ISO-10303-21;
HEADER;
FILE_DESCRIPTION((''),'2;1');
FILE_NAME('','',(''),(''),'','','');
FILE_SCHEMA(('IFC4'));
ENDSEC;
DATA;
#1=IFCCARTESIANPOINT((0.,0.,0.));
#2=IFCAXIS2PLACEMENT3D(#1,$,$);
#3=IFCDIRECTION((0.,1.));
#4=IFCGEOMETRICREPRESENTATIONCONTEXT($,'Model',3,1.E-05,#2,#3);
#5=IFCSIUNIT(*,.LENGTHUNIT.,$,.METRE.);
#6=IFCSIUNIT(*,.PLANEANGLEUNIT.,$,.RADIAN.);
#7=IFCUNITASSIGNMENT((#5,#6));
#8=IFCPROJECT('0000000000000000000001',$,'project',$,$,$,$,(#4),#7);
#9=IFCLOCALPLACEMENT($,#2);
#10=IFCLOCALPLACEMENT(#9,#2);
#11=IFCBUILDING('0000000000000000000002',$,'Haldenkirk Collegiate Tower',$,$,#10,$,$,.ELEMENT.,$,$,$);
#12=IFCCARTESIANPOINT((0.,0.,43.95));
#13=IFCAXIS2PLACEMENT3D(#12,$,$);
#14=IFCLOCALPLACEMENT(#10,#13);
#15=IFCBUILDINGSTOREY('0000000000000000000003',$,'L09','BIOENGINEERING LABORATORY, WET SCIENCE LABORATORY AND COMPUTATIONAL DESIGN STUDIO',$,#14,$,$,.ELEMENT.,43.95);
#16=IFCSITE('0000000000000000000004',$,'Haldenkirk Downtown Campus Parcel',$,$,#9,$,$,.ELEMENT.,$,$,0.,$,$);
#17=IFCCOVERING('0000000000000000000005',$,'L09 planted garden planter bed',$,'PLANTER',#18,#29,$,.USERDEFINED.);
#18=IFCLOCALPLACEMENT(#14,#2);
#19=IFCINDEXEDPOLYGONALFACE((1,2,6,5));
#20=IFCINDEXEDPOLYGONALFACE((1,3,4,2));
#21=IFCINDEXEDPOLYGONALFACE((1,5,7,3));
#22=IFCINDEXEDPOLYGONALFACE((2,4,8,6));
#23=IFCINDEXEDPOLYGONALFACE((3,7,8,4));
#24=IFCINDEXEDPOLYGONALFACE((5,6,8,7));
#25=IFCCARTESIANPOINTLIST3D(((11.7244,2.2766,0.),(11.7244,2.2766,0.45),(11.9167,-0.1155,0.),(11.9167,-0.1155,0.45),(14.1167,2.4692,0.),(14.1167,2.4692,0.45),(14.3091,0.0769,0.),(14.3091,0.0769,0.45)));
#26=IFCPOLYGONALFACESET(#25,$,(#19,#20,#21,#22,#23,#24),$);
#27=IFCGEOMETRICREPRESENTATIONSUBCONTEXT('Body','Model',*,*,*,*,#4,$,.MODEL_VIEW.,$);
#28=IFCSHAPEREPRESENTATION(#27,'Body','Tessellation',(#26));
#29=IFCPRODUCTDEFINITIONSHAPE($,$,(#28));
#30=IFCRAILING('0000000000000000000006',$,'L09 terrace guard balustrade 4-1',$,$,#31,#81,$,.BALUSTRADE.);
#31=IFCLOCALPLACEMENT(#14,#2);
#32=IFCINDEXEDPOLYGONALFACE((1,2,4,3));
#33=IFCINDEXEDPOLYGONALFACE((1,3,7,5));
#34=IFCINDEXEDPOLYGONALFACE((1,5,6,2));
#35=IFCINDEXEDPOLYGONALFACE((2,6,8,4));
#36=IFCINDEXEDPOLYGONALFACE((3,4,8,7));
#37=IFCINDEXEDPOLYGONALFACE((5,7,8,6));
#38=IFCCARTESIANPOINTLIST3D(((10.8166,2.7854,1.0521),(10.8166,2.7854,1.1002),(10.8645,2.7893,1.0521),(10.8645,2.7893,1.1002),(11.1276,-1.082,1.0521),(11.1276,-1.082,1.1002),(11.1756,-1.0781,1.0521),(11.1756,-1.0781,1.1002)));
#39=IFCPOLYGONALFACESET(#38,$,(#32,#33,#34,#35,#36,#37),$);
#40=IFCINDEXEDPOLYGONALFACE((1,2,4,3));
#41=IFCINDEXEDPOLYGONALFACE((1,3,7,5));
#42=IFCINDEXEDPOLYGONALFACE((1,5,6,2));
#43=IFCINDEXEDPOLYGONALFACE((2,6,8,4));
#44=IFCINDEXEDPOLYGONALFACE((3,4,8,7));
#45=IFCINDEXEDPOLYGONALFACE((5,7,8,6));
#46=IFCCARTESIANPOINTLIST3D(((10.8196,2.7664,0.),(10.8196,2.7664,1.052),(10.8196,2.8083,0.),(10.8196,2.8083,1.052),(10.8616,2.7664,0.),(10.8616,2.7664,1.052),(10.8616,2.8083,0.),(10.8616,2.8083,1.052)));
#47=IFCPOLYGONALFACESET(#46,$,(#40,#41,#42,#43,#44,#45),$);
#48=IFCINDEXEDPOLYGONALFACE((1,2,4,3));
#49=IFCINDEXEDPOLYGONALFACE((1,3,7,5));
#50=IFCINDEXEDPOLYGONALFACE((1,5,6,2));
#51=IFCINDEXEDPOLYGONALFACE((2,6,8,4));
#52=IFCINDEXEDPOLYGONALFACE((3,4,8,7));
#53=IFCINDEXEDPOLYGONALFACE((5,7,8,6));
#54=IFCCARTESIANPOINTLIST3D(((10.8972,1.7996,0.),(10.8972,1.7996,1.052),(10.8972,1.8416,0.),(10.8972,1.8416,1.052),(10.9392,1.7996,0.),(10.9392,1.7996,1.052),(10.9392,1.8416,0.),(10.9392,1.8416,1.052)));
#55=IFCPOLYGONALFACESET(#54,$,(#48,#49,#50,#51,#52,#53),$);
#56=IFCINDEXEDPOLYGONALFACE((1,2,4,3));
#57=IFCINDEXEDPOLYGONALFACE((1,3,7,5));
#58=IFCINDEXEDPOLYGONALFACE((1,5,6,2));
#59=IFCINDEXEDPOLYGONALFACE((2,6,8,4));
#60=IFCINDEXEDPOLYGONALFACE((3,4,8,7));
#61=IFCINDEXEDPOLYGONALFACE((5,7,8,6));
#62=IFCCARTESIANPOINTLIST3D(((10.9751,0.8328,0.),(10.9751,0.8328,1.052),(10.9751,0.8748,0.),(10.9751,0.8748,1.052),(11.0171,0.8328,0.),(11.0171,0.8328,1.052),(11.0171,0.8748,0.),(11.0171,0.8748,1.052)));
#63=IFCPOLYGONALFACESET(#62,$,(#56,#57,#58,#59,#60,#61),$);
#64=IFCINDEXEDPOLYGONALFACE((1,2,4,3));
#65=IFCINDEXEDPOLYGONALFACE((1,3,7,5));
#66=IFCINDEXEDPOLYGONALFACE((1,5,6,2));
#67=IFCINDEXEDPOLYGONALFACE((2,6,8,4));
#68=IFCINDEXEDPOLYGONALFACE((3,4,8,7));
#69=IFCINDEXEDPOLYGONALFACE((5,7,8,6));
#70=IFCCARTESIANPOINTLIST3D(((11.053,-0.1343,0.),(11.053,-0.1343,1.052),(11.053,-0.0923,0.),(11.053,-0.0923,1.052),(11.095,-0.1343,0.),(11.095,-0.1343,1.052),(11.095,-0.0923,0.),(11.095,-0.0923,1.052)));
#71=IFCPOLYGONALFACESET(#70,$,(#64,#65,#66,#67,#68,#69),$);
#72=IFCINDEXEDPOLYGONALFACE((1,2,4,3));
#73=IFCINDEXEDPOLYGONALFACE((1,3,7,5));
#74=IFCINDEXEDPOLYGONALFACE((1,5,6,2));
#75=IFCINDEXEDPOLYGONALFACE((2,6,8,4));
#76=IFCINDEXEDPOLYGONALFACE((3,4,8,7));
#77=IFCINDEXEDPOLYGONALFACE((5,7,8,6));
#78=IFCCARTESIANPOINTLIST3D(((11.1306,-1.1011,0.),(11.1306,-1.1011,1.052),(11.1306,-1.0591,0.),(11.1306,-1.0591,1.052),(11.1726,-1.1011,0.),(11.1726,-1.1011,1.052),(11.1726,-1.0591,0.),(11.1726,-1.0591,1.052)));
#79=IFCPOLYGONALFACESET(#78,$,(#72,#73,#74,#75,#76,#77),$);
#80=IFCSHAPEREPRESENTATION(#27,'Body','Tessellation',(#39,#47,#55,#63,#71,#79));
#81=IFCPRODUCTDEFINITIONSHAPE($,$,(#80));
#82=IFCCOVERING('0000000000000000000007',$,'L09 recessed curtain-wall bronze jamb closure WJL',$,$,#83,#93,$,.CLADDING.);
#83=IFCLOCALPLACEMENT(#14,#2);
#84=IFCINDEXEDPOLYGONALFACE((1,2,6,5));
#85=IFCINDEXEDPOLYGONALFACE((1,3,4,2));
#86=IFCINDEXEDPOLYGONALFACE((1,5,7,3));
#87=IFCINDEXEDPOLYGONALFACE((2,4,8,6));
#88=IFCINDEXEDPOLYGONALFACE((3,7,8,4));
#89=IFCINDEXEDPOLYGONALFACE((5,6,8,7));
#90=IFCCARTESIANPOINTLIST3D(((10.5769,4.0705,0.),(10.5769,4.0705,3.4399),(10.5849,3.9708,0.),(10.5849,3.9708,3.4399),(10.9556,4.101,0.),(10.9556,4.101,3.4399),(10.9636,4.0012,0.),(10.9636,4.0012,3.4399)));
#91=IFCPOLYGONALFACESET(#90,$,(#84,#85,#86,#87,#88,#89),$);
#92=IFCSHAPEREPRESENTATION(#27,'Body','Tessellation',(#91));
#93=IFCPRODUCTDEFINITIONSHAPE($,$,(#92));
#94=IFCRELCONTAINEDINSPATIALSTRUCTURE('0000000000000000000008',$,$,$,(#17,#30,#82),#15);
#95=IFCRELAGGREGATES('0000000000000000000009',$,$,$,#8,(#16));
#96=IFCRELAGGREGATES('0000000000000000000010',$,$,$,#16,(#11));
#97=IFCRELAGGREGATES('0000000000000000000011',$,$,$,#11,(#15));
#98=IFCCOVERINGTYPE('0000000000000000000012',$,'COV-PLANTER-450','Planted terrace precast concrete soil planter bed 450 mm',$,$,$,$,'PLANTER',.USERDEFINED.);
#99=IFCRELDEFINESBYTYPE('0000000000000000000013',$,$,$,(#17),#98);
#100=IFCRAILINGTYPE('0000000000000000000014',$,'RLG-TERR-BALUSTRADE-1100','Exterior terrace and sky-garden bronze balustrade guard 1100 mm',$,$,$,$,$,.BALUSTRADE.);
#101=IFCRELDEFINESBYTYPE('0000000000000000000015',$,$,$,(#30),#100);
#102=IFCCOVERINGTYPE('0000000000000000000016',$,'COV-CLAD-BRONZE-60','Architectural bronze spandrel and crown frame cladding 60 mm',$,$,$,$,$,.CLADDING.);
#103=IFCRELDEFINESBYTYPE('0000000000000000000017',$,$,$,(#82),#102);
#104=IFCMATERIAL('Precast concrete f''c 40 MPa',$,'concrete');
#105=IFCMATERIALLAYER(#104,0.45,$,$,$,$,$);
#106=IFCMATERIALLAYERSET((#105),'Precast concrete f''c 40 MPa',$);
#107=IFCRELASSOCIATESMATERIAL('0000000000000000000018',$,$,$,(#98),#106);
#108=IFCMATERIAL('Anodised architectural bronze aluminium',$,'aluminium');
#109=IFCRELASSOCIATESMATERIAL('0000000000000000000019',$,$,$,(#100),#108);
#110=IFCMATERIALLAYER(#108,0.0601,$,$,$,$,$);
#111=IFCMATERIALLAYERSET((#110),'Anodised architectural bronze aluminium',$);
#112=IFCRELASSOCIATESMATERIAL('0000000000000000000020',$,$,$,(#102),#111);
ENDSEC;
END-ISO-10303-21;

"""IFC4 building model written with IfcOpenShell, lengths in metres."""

from ifc_helpers import new_model, si_unit, direction, frame, origin, origin_2d, place, context, subcontext, project, spatial, polyline, rectangle, outline, extrude, source, transform, mapped, material, layer, layer_set, type_object, element, save


model = new_model("IFC4")

# Units and contexts
model_context = context("Model", 3, precision=1e-05, world=origin(), true_north=direction((0.0, 1.0)))
body_context = subcontext(model_context, "Body", "Model", "MODEL_VIEW")
ifc_project = project(units=[si_unit("LENGTHUNIT", "METRE"), si_unit("PLANEANGLEUNIT", "RADIAN")], contexts=[model_context])

# Site, building, storey
site_placement = place(None, origin())
site = spatial("IfcSite", under=ifc_project, at=site_placement, Name="Haldenkirk Downtown Campus Parcel", CompositionType="ELEMENT", RefElevation=0.0)
building_placement = place(site_placement, origin())
building = spatial("IfcBuilding", under=site, at=building_placement, Name="Haldenkirk Collegiate Tower", CompositionType="ELEMENT")
storey_placement = place(building_placement, frame((0.0, 0.0, 43.95)))
storey = spatial("IfcBuildingStorey", under=building, at=storey_placement, Name="L09", Description="BIOENGINEERING LABORATORY, WET SCIENCE LABORATORY AND COMPUTATIONAL DESIGN STUDIO", CompositionType="ELEMENT", Elevation=43.95)

# Shared definitions
ifc_material_1 = material(Name="Anodised architectural bronze aluminium", Category="aluminium")

# Shared definitions
ifc_material_2 = material(Name="Precast concrete f'c 40 MPa", Category="concrete")

# Covering
ifc_layer_1 = layer(ifc_material_2, 0.45)
ifc_layer_set_1 = layer_set([ifc_layer_1], Name="Precast concrete f'c 40 MPa")
covering_type_1 = type_object("IfcCoveringType", Name="COV-PLANTER-450", Description="Planted terrace precast concrete soil planter bed 450 mm", ElementType="PLANTER", PredefinedType="USERDEFINED", material=ifc_layer_set_1)
covering_1_placement = place(storey_placement, origin())
element("IfcCovering", 1, at=covering_1_placement, inside=storey, type_object=covering_type_1, Name="L09 planted garden planter bed", ObjectType="PLANTER", PredefinedType="USERDEFINED", context=body_context, shape_type="SweptSolid", body=[
    extrude(outline(polyline([(11.9167, -0.1155), (11.7244, 2.2766), (14.1167, 2.4692), (14.3091, 0.0769), (11.9167, -0.1155)])), origin(), (0.0, 0.0, 1.0), 0.45),
])

# Railing
railing_type = type_object("IfcRailingType", Name="RLG-TERR-BALUSTRADE-1100", Description="Exterior terrace and sky-garden bronze balustrade guard 1100 mm", PredefinedType="BALUSTRADE", material=ifc_material_1)
railing_placement = place(storey_placement, frame((10.8406, 2.7874, 0.0)))
element("IfcRailing", 2, at=railing_placement, inside=storey, type_object=railing_type, Name="L09 terrace guard balustrade 4-1", PredefinedType="BALUSTRADE", context=body_context, shape_type="SweptSolid", body=[
    extrude(rectangle(XDim=0.0481, YDim=0.0481, at=origin_2d()), frame((0.0, 0.0, 1.0762), z_axis=(0.080165, -0.996782, 0.0), x_axis=(0.996782, 0.080165, 0.0)), (0.0, 0.0, 1.0), 3.8799),
    extrude(rectangle(XDim=0.042, YDim=0.042, at=origin_2d()), origin(), (0.0, 0.0, 1.0), 1.052),
    extrude(rectangle(XDim=0.042, YDim=0.042, at=origin_2d()), frame((0.0776, -0.9668, 0.0)), (0.0, 0.0, 1.0), 1.052),
    extrude(rectangle(XDim=0.042, YDim=0.042, at=origin_2d()), frame((0.1555, -1.9336, 0.0)), (0.0, 0.0, 1.0), 1.052),
    extrude(rectangle(XDim=0.042, YDim=0.042, at=origin_2d()), frame((0.2334, -2.9006, 0.0)), (0.0, 0.0, 1.0), 1.052),
    extrude(rectangle(XDim=0.042, YDim=0.042, at=origin_2d()), frame((0.311, -3.8674, 0.0)), (0.0, 0.0, 1.0), 1.052),
])

# Covering
ifc_layer_2 = layer(ifc_material_1, 0.0601)
ifc_layer_set_2 = layer_set([ifc_layer_2], Name="Anodised architectural bronze aluminium")
covering_type_2 = type_object("IfcCoveringType", Name="COV-CLAD-BRONZE-60", Description="Architectural bronze spandrel and crown frame cladding 60 mm", PredefinedType="CLADDING", material=ifc_layer_set_2)
shared_shape_1 = source(origin(), body_context, "Body", "SweptSolid", [
    extrude(rectangle(XDim=0.1001, YDim=0.3799, at=origin_2d()), origin(), (0.0, 0.0, 1.0), 3.4399),
])
covering_2_placement = place(storey_placement, frame((10.7703, 4.0359, 0.0), z_axis=(0.0, 0.0, 1.0), x_axis=(-0.080199, 0.996779, 0.0)))
element("IfcCovering", 3, at=covering_2_placement, inside=storey, type_object=covering_type_2, Name="L09 recessed curtain-wall bronze jamb closure WJL", PredefinedType="CLADDING", context=body_context, shape_type="MappedRepresentation", body=[
    mapped(shared_shape_1, transform((0.0, 0.0, 0.0), x_axis=(1.0, 0.0, 0.0), y_axis=(0.0, 1.0, 0.0), z_axis=(0.0, 0.0, 1.0), scale=1.0)),
])

save(model, "model.ifc")
